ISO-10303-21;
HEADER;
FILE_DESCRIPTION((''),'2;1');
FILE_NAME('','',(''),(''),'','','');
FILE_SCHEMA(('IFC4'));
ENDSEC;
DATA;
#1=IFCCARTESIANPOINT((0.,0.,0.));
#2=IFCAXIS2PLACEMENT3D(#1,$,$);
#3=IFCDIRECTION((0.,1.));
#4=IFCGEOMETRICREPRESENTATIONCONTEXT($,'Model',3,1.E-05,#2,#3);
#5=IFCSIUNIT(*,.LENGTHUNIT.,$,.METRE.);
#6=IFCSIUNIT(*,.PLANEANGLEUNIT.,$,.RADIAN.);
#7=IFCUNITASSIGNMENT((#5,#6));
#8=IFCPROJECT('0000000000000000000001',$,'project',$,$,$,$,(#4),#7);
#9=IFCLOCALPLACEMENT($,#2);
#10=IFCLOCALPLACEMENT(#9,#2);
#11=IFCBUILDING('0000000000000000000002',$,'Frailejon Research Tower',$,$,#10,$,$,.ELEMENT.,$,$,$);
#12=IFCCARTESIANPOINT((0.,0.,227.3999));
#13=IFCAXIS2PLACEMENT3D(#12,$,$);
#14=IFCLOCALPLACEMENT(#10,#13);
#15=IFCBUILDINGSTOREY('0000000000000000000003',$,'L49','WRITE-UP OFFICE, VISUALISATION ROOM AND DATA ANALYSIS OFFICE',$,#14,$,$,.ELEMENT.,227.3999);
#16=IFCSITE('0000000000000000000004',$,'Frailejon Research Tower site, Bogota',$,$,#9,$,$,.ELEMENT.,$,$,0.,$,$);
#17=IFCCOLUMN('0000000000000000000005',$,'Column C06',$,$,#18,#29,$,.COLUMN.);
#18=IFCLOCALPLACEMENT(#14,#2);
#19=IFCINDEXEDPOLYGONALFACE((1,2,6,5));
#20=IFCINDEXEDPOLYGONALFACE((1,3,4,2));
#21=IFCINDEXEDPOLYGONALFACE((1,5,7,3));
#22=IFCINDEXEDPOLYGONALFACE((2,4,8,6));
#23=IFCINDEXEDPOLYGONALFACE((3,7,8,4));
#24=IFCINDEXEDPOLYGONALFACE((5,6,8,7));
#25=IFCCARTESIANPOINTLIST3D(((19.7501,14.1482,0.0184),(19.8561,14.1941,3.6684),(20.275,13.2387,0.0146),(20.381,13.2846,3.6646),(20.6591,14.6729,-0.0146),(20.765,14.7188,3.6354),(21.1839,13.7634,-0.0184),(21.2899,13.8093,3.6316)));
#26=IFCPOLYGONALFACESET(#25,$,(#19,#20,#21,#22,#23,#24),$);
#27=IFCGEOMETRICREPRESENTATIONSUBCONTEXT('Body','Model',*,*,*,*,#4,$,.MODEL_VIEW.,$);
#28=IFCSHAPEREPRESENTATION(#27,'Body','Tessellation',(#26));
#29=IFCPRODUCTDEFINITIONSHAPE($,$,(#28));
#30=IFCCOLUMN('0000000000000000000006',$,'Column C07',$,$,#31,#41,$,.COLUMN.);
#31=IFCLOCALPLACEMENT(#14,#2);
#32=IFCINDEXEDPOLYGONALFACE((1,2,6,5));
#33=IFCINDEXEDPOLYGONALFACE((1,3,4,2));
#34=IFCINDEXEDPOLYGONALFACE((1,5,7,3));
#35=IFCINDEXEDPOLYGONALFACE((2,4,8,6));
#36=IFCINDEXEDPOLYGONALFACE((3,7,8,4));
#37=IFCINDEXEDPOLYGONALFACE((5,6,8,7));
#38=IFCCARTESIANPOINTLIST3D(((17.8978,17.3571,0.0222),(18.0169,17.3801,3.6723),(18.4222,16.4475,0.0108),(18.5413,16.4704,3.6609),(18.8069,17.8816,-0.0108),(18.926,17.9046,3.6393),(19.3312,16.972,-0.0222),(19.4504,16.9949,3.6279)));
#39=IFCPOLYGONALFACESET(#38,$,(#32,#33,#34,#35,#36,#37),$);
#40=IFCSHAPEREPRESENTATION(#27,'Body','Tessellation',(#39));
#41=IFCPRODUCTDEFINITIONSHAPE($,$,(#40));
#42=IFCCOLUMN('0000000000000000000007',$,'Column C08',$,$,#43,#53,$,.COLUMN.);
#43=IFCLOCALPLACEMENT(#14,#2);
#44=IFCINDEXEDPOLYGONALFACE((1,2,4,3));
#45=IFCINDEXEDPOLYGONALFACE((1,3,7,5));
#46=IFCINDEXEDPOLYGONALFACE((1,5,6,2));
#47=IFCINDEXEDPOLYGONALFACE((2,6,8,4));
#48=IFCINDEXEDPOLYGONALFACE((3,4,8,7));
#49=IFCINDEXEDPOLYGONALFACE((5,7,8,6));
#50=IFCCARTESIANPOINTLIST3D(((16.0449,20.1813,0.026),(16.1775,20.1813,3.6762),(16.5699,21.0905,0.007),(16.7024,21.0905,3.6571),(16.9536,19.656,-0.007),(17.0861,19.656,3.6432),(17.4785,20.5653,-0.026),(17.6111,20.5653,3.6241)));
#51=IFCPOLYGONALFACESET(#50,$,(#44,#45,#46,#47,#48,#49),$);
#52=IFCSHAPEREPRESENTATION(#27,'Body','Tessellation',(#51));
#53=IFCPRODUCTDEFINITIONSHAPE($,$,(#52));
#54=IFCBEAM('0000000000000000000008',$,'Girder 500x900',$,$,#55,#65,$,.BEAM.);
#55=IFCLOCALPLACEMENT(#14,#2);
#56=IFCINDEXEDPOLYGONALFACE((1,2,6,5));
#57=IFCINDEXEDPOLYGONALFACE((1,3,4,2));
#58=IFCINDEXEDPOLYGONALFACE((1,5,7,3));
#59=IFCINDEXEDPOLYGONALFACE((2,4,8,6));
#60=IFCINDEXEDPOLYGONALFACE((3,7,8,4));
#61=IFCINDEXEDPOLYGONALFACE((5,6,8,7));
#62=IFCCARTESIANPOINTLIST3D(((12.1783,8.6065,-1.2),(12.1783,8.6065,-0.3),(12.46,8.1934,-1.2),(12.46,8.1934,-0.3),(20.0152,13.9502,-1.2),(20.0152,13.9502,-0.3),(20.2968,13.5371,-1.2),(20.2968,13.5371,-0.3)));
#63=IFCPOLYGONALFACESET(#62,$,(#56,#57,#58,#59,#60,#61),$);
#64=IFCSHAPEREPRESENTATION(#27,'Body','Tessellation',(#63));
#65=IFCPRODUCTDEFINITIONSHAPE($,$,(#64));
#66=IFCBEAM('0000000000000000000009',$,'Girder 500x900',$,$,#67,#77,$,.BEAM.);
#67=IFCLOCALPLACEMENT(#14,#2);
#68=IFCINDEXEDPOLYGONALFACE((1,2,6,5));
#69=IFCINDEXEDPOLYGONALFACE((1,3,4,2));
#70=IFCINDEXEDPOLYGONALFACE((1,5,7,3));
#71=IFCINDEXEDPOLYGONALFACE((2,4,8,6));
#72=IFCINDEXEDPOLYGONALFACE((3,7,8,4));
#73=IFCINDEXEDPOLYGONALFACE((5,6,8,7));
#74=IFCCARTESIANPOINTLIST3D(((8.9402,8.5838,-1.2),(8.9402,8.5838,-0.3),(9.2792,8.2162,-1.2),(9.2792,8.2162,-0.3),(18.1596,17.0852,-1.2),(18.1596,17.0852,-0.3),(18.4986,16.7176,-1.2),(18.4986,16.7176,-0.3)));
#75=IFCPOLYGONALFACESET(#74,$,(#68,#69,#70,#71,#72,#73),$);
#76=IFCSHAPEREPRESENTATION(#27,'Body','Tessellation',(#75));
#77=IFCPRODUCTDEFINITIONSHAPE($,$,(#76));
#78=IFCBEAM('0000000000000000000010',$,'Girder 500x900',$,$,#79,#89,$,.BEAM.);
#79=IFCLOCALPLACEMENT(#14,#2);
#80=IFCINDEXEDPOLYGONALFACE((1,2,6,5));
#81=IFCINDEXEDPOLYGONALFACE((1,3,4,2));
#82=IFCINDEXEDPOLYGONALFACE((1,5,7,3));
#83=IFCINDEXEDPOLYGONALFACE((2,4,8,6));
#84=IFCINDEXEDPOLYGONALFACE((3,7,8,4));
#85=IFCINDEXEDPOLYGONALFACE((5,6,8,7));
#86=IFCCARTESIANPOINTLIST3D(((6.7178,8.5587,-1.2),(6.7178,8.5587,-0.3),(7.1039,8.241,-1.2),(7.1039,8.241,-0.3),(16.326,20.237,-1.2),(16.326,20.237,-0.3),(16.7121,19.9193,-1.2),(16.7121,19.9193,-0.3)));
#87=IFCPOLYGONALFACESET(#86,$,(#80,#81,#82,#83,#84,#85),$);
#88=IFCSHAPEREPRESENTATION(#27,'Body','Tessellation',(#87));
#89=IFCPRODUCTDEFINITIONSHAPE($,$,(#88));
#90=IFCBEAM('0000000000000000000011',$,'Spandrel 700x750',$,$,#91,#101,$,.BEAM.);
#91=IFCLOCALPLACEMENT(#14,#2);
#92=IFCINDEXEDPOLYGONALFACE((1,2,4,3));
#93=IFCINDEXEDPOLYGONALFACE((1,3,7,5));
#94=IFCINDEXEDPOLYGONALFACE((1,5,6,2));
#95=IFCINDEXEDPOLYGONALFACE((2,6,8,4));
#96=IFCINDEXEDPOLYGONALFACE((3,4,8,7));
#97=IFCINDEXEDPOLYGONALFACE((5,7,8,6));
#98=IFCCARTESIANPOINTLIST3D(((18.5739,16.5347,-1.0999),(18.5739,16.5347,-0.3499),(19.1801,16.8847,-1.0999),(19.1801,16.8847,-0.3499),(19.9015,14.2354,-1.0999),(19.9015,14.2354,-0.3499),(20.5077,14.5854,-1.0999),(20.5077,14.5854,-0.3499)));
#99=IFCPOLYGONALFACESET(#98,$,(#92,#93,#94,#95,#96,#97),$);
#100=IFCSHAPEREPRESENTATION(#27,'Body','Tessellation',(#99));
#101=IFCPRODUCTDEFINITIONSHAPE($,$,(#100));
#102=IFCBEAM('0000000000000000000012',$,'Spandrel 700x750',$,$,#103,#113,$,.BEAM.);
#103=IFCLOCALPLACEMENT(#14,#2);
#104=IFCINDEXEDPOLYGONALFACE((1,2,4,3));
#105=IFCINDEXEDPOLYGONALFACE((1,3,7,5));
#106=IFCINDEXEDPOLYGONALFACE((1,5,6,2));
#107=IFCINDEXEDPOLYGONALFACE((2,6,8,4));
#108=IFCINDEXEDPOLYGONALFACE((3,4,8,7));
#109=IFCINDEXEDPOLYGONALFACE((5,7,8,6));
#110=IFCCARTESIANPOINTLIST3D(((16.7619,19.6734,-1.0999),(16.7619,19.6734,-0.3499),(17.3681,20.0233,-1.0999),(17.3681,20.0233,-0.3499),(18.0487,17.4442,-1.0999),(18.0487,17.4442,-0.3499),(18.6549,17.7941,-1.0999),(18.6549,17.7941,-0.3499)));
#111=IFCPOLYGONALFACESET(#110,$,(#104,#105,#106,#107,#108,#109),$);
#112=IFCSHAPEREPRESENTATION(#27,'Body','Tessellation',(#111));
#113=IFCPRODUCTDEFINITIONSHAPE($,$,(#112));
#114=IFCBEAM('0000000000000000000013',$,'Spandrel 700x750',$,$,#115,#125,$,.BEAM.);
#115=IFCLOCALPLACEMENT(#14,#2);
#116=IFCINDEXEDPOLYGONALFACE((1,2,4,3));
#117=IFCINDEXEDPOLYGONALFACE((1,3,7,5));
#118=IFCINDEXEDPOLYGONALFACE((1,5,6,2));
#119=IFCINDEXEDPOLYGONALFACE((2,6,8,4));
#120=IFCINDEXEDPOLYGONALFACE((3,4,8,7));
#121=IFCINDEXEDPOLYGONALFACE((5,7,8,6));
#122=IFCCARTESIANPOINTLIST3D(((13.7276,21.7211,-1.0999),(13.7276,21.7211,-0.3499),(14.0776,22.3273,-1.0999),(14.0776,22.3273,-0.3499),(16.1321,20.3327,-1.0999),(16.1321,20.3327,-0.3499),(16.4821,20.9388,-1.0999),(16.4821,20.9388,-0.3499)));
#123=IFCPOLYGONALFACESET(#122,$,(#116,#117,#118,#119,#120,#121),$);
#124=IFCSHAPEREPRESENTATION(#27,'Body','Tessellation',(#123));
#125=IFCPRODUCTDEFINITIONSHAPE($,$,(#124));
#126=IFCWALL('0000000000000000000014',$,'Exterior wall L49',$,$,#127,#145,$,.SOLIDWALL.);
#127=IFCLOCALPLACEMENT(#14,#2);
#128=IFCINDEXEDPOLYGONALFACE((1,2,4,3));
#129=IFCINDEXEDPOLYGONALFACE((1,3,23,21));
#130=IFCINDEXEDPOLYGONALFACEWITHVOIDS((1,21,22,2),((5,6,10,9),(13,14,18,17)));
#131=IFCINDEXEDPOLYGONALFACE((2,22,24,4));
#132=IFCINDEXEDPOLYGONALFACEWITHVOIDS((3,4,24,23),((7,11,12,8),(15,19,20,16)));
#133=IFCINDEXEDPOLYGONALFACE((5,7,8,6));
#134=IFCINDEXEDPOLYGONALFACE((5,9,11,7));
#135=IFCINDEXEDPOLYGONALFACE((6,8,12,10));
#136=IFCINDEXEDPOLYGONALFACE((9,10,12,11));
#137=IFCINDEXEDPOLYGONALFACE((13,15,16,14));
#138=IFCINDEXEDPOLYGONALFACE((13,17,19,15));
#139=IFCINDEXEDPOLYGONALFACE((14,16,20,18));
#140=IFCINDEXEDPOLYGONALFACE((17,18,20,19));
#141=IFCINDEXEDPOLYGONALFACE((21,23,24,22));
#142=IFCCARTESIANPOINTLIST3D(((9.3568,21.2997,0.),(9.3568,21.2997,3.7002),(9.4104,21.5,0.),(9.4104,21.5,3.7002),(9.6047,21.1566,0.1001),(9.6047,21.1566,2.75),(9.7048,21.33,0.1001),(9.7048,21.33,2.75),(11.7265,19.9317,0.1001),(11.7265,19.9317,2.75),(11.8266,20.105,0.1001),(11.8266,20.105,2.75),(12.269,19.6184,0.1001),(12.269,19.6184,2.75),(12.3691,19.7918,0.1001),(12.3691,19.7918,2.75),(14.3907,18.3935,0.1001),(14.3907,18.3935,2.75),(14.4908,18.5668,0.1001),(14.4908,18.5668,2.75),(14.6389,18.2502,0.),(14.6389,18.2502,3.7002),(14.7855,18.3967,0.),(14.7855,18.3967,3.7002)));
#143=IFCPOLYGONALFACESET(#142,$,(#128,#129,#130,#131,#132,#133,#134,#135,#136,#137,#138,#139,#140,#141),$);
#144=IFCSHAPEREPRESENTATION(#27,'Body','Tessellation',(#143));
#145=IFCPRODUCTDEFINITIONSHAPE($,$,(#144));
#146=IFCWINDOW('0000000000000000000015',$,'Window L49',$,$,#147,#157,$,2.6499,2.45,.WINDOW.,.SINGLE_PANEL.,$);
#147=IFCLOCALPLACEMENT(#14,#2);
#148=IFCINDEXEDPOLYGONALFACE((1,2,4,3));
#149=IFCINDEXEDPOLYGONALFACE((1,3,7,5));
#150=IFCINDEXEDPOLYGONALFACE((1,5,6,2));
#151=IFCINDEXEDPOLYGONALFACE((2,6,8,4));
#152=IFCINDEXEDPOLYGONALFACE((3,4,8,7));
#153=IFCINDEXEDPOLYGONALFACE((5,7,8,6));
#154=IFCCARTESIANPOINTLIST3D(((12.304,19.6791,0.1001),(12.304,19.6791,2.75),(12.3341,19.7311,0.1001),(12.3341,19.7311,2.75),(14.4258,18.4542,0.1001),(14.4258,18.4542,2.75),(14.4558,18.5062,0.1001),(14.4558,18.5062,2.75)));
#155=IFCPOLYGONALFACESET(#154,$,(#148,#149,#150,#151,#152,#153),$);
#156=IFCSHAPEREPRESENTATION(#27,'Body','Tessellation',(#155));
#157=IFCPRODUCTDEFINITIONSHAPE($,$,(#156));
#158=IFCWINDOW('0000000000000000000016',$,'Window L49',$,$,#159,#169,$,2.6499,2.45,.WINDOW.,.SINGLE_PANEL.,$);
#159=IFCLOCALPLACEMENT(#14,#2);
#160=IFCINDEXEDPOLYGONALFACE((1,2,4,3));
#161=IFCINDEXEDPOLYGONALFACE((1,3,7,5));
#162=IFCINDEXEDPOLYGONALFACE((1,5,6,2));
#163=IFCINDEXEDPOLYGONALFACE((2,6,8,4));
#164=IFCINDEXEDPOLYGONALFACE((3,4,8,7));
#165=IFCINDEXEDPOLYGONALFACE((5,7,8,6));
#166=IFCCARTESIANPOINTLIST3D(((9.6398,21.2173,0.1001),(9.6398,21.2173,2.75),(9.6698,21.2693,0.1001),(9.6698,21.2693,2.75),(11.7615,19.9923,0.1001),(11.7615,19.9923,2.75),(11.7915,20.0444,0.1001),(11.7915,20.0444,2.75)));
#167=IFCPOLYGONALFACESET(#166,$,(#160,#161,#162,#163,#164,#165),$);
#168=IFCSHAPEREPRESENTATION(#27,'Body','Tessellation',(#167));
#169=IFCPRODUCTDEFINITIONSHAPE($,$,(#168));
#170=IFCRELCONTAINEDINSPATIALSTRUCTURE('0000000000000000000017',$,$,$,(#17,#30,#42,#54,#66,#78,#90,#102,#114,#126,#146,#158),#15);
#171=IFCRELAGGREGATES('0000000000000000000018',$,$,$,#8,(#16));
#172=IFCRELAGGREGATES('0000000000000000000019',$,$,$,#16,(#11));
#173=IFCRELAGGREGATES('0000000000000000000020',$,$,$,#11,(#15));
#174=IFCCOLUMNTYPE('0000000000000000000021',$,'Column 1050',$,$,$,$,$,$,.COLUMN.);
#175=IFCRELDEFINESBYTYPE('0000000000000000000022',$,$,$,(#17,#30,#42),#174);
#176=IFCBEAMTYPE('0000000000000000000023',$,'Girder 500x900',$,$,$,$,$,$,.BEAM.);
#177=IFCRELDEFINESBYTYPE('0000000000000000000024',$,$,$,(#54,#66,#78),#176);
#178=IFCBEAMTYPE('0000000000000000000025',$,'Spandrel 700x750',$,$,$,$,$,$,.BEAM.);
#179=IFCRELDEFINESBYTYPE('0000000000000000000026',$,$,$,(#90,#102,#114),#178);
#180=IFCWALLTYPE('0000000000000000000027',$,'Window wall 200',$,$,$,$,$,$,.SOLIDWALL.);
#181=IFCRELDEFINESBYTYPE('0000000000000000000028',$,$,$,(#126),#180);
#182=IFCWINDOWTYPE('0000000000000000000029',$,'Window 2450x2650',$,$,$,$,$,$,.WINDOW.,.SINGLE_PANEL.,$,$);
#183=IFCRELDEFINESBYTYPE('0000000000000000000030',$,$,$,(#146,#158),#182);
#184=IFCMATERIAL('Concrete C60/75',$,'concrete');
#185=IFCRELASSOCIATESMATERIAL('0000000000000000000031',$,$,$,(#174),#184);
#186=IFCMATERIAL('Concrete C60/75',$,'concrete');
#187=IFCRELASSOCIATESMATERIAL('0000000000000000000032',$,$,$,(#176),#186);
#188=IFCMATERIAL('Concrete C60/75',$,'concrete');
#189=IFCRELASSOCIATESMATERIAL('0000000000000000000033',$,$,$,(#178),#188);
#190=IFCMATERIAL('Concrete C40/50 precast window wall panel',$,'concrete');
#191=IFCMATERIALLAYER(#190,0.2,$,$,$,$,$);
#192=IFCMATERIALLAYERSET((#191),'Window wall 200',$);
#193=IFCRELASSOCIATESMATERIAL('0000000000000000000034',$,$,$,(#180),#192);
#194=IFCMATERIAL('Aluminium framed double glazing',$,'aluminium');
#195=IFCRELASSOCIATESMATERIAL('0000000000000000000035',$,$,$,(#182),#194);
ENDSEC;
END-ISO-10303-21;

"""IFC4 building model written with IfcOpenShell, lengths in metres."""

from ifc_helpers import new_model, si_unit, direction, frame, frame_2d, origin, origin_2d, place, context, subcontext, project, spatial, polyline, rectangle, outline, extrude, material, layer, layer_set, material_profile, profile_set, type_object, element, fill, save


model = new_model("IFC4")

# Units and contexts
model_context = context("Model", 3, precision=1e-05, world=origin(), true_north=direction((0.0, 1.0)))
body_context = subcontext(model_context, "Body", "Model", "MODEL_VIEW")
ifc_project = project(units=[si_unit("LENGTHUNIT", "METRE"), si_unit("PLANEANGLEUNIT", "RADIAN")], contexts=[model_context])

# Site, building, storey
site_placement = place(None, origin())
site = spatial("IfcSite", under=ifc_project, at=site_placement, Name="Frailejon Research Tower site, Bogota", CompositionType="ELEMENT", RefElevation=0.0)
building_placement = place(site_placement, origin())
building = spatial("IfcBuilding", under=site, at=building_placement, Name="Frailejon Research Tower", CompositionType="ELEMENT")
storey_placement = place(building_placement, frame((0.0, 0.0, 227.3999)))
storey = spatial("IfcBuildingStorey", under=building, at=storey_placement, Name="L49", Description="WRITE-UP OFFICE, VISUALISATION ROOM AND DATA ANALYSIS OFFICE", CompositionType="ELEMENT", Elevation=227.3999)

# Columns
ifc_material_1 = material(Name="Concrete C60/75", Category="concrete")
ifc_material_profile_1 = material_profile(ifc_material_1, rectangle(XDim=1.05, YDim=1.05, at=origin_2d()), Name="Column 1050")
ifc_profile_set_1 = profile_set([ifc_material_profile_1], Name="Concrete C60/75")
column_type = type_object("IfcColumnType", Name="Column 1050", PredefinedType="COLUMN", material=ifc_profile_set_1)
column_1_placement = place(storey_placement, frame((20.467, 13.9558, 0.0), z_axis=(0.029014, 0.012568, 0.9995), x_axis=(-0.499849, 0.866105, 0.003619)))
element("IfcColumn", 1, at=column_1_placement, inside=storey, type_object=column_type, Name="Column C06", PredefinedType="COLUMN", context=body_context, shape_type="SweptSolid", body=[
    extrude(rectangle(XDim=1.05, YDim=1.05, at=origin_2d()), origin(), (0.0, 0.0, 1.0), 3.6519),
])
column_2_placement = place(storey_placement, frame((18.6145, 17.1646, 0.0), z_axis=(0.032622, 0.006284, 0.999448), x_axis=(-0.499397, 0.866305, 0.010854)))
element("IfcColumn", 2, at=column_2_placement, inside=storey, type_object=column_type, Name="Column C07", PredefinedType="COLUMN", context=body_context, shape_type="SweptSolid", body=[
    extrude(rectangle(XDim=1.05, YDim=1.05, at=origin_2d()), origin(), (0.0, 0.0, 1.0), 3.6521),
])
column_3_placement = place(storey_placement, frame((16.7617, 20.3733, 0.0), z_axis=(0.036295, 0.0, 0.999341), x_axis=(-0.865313, 0.500246, 0.031427)))
element("IfcColumn", 3, at=column_3_placement, inside=storey, type_object=column_type, Name="Column C08", PredefinedType="COLUMN", context=body_context, shape_type="SweptSolid", body=[
    extrude(rectangle(XDim=1.05, YDim=1.05, at=origin_2d()), origin(), (0.0, 0.0, 1.0), 3.6526),
])

# Beams
ifc_material_2 = material(Name="Concrete C60/75", Category="concrete")
ifc_material_profile_2 = material_profile(ifc_material_2, rectangle(XDim=0.5, YDim=0.8999, at=origin_2d()), Name="Girder 500x900")
ifc_profile_set_2 = profile_set([ifc_material_profile_2], Name="Concrete C60/75")
beam_type_1 = type_object("IfcBeamType", Name="Girder 500x900", PredefinedType="BEAM", material=ifc_profile_set_2)
beam_1_placement = place(storey_placement, frame((20.156, 13.7437, -0.75), z_axis=(-0.826208, -0.563366, 0.0), x_axis=(0.563366, -0.826208, 0.0)))
element("IfcBeam", 4, at=beam_1_placement, inside=storey, type_object=beam_type_1, Name="Girder 500x900", PredefinedType="BEAM", context=body_context, shape_type="SweptSolid", body=[
    extrude(rectangle(XDim=0.5, YDim=0.8999, at=origin_2d()), origin(), (0.0, 0.0, 1.0), 9.4854),
])
beam_2_placement = place(storey_placement, frame((18.3291, 16.9014, -0.75), z_axis=(-0.735154, -0.6779, 0.0), x_axis=(0.6779, -0.735154, 0.0)))
element("IfcBeam", 5, at=beam_2_placement, inside=storey, type_object=beam_type_1, Name="Girder 500x900", PredefinedType="BEAM", context=body_context, shape_type="SweptSolid", body=[
    extrude(rectangle(XDim=0.5, YDim=0.8999, at=origin_2d()), origin(), (0.0, 0.0, 1.0), 12.5408),
])
beam_3_placement = place(storey_placement, frame((16.519, 20.0781, -0.75), z_axis=(-0.635344, -0.772229, 0.0), x_axis=(0.772229, -0.635344, 0.0)))
element("IfcBeam", 6, at=beam_3_placement, inside=storey, type_object=beam_type_1, Name="Girder 500x900", PredefinedType="BEAM", context=body_context, shape_type="SweptSolid", body=[
    extrude(rectangle(XDim=0.5, YDim=0.8999, at=origin_2d()), origin(), (0.0, 0.0, 1.0), 15.1228),
])
ifc_material_3 = material(Name="Concrete C60/75", Category="concrete")
ifc_material_profile_3 = material_profile(ifc_material_3, rectangle(XDim=0.7, YDim=0.75, at=origin_2d()), Name="Spandrel 700x750")
ifc_profile_set_3 = profile_set([ifc_material_profile_3], Name="Concrete C60/75")
beam_type_2 = type_object("IfcBeamType", Name="Spandrel 700x750", PredefinedType="BEAM", material=ifc_profile_set_3)
beam_4_placement = place(storey_placement, frame((20.2046, 14.4104, -0.7249), z_axis=(-0.500036, 0.866005, 0.0), x_axis=(-0.866005, -0.500036, 0.0)))
element("IfcBeam", 7, at=beam_4_placement, inside=storey, type_object=beam_type_2, Name="Spandrel 700x750", PredefinedType="BEAM", context=body_context, shape_type="SweptSolid", body=[
    extrude(rectangle(XDim=0.7, YDim=0.75, at=origin_2d()), origin(), (0.0, 0.0, 1.0), 2.655),
])
beam_5_placement = place(storey_placement, frame((18.3518, 17.6191, -0.7249), z_axis=(-0.499944, 0.866058, 0.0), x_axis=(-0.866058, -0.499944, 0.0)))
element("IfcBeam", 8, at=beam_5_placement, inside=storey, type_object=beam_type_2, Name="Spandrel 700x750", PredefinedType="BEAM", context=body_context, shape_type="SweptSolid", body=[
    extrude(rectangle(XDim=0.7, YDim=0.75, at=origin_2d()), origin(), (0.0, 0.0, 1.0), 2.574),
])
beam_6_placement = place(storey_placement, frame((16.3071, 20.6357, -0.7249), z_axis=(-0.866, 0.500045, 0.0), x_axis=(-0.500045, -0.866, 0.0)))
element("IfcBeam", 9, at=beam_6_placement, inside=storey, type_object=beam_type_2, Name="Spandrel 700x750", PredefinedType="BEAM", context=body_context, shape_type="SweptSolid", body=[
    extrude(rectangle(XDim=0.7, YDim=0.75, at=origin_2d()), origin(), (0.0, 0.0, 1.0), 2.7766),
])

# Wall, openings, windows
ifc_material_4 = material(Name="Concrete C40/50 precast window wall panel", Category="concrete")
ifc_layer_1 = layer(ifc_material_4, 0.2)
ifc_layer_set_1 = layer_set([ifc_layer_1], Name="Window wall 200")
wall_type = type_object("IfcWallType", Name="Window wall 200", PredefinedType="SOLIDWALL", material=ifc_layer_set_1)
wall_placement = place(storey_placement, frame((14.7122, 18.3235, 0.0), z_axis=(0.0, 0.0, 1.0), x_axis=(-0.86603, 0.499993, 0.0)))
wall = element("IfcWall", 10, at=wall_placement, inside=storey, type_object=wall_type, Name="Exterior wall L49", PredefinedType="SOLIDWALL", context=body_context, shape_type="SweptSolid", body=[
    extrude(outline(polyline([(-0.0269, -0.1001), (1.0076, -0.1001), (2.042, -0.1001), (3.0764, -0.1001), (4.1108, -0.1001), (5.1453, -0.1001), (6.1797, -0.1001), (6.126, 0.1001), (5.1094, 0.1001), (4.093, 0.1001), (3.0764, 0.1001), (2.0598, 0.1001), (1.0435, 0.1001), (0.0269, 0.1001), (-0.0269, -0.1001)])), origin(), (0.0, 0.0, 1.0), 3.7002),
])
opening_1_placement = place(wall_placement, frame((0.3132, 0.0, 0.1001)))
opening_1 = element("IfcOpeningElement", 11, at=opening_1_placement, cuts=wall, PredefinedType="OPENING", context=body_context, shape_type="SweptSolid", body=[
    extrude(rectangle(XDim=2.45, YDim=2.6499, at=frame_2d((1.2251, 1.325))), frame((0.0, 0.1099, 0.0), z_axis=(0.0, -1.0, 0.0), x_axis=(1.0, 0.0, 0.0)), (0.0, 0.0, 1.0), 0.22),
])
opening_2_placement = place(wall_placement, frame((3.3896, 0.0, 0.1001)))
opening_2 = element("IfcOpeningElement", 12, at=opening_2_placement, cuts=wall, PredefinedType="OPENING", context=body_context, shape_type="SweptSolid", body=[
    extrude(rectangle(XDim=2.45, YDim=2.6499, at=frame_2d((1.2251, 1.325))), frame((0.0, 0.1099, 0.0), z_axis=(0.0, -1.0, 0.0), x_axis=(1.0, 0.0, 0.0)), (0.0, 0.0, 1.0), 0.22),
])
ifc_material_5 = material(Name="Aluminium framed double glazing", Category="aluminium")
window_type = type_object("IfcWindowType", Name="Window 2450x2650", PartitioningType="SINGLE_PANEL", PredefinedType="WINDOW", material=ifc_material_5)
window_1_placement = place(opening_1_placement, origin())
window_1 = element("IfcWindow", 13, at=window_1_placement, inside=storey, type_object=window_type, Name="Window L49", OverallHeight=2.6499, OverallWidth=2.45, PartitioningType="SINGLE_PANEL", PredefinedType="WINDOW", context=body_context, shape_type="SweptSolid", body=[
    extrude(rectangle(XDim=2.45, YDim=2.6499, at=frame_2d((1.2251, 1.325))), frame((0.0, 0.03, 0.0), z_axis=(0.0, -1.0, 0.0), x_axis=(1.0, 0.0, 0.0)), (0.0, 0.0, 1.0), 0.0601),
])
fill(opening_1, window_1)
window_2_placement = place(opening_2_placement, origin())
window_2 = element("IfcWindow", 14, at=window_2_placement, inside=storey, type_object=window_type, Name="Window L49", OverallHeight=2.6499, OverallWidth=2.45, PartitioningType="SINGLE_PANEL", PredefinedType="WINDOW", context=body_context, shape_type="SweptSolid", body=[
    extrude(rectangle(XDim=2.45, YDim=2.6499, at=frame_2d((1.2251, 1.325))), frame((0.0, 0.03, 0.0), z_axis=(0.0, -1.0, 0.0), x_axis=(1.0, 0.0, 0.0)), (0.0, 0.0, 1.0), 0.0601),
])
fill(opening_2, window_2)

save(model, "model.ifc")
